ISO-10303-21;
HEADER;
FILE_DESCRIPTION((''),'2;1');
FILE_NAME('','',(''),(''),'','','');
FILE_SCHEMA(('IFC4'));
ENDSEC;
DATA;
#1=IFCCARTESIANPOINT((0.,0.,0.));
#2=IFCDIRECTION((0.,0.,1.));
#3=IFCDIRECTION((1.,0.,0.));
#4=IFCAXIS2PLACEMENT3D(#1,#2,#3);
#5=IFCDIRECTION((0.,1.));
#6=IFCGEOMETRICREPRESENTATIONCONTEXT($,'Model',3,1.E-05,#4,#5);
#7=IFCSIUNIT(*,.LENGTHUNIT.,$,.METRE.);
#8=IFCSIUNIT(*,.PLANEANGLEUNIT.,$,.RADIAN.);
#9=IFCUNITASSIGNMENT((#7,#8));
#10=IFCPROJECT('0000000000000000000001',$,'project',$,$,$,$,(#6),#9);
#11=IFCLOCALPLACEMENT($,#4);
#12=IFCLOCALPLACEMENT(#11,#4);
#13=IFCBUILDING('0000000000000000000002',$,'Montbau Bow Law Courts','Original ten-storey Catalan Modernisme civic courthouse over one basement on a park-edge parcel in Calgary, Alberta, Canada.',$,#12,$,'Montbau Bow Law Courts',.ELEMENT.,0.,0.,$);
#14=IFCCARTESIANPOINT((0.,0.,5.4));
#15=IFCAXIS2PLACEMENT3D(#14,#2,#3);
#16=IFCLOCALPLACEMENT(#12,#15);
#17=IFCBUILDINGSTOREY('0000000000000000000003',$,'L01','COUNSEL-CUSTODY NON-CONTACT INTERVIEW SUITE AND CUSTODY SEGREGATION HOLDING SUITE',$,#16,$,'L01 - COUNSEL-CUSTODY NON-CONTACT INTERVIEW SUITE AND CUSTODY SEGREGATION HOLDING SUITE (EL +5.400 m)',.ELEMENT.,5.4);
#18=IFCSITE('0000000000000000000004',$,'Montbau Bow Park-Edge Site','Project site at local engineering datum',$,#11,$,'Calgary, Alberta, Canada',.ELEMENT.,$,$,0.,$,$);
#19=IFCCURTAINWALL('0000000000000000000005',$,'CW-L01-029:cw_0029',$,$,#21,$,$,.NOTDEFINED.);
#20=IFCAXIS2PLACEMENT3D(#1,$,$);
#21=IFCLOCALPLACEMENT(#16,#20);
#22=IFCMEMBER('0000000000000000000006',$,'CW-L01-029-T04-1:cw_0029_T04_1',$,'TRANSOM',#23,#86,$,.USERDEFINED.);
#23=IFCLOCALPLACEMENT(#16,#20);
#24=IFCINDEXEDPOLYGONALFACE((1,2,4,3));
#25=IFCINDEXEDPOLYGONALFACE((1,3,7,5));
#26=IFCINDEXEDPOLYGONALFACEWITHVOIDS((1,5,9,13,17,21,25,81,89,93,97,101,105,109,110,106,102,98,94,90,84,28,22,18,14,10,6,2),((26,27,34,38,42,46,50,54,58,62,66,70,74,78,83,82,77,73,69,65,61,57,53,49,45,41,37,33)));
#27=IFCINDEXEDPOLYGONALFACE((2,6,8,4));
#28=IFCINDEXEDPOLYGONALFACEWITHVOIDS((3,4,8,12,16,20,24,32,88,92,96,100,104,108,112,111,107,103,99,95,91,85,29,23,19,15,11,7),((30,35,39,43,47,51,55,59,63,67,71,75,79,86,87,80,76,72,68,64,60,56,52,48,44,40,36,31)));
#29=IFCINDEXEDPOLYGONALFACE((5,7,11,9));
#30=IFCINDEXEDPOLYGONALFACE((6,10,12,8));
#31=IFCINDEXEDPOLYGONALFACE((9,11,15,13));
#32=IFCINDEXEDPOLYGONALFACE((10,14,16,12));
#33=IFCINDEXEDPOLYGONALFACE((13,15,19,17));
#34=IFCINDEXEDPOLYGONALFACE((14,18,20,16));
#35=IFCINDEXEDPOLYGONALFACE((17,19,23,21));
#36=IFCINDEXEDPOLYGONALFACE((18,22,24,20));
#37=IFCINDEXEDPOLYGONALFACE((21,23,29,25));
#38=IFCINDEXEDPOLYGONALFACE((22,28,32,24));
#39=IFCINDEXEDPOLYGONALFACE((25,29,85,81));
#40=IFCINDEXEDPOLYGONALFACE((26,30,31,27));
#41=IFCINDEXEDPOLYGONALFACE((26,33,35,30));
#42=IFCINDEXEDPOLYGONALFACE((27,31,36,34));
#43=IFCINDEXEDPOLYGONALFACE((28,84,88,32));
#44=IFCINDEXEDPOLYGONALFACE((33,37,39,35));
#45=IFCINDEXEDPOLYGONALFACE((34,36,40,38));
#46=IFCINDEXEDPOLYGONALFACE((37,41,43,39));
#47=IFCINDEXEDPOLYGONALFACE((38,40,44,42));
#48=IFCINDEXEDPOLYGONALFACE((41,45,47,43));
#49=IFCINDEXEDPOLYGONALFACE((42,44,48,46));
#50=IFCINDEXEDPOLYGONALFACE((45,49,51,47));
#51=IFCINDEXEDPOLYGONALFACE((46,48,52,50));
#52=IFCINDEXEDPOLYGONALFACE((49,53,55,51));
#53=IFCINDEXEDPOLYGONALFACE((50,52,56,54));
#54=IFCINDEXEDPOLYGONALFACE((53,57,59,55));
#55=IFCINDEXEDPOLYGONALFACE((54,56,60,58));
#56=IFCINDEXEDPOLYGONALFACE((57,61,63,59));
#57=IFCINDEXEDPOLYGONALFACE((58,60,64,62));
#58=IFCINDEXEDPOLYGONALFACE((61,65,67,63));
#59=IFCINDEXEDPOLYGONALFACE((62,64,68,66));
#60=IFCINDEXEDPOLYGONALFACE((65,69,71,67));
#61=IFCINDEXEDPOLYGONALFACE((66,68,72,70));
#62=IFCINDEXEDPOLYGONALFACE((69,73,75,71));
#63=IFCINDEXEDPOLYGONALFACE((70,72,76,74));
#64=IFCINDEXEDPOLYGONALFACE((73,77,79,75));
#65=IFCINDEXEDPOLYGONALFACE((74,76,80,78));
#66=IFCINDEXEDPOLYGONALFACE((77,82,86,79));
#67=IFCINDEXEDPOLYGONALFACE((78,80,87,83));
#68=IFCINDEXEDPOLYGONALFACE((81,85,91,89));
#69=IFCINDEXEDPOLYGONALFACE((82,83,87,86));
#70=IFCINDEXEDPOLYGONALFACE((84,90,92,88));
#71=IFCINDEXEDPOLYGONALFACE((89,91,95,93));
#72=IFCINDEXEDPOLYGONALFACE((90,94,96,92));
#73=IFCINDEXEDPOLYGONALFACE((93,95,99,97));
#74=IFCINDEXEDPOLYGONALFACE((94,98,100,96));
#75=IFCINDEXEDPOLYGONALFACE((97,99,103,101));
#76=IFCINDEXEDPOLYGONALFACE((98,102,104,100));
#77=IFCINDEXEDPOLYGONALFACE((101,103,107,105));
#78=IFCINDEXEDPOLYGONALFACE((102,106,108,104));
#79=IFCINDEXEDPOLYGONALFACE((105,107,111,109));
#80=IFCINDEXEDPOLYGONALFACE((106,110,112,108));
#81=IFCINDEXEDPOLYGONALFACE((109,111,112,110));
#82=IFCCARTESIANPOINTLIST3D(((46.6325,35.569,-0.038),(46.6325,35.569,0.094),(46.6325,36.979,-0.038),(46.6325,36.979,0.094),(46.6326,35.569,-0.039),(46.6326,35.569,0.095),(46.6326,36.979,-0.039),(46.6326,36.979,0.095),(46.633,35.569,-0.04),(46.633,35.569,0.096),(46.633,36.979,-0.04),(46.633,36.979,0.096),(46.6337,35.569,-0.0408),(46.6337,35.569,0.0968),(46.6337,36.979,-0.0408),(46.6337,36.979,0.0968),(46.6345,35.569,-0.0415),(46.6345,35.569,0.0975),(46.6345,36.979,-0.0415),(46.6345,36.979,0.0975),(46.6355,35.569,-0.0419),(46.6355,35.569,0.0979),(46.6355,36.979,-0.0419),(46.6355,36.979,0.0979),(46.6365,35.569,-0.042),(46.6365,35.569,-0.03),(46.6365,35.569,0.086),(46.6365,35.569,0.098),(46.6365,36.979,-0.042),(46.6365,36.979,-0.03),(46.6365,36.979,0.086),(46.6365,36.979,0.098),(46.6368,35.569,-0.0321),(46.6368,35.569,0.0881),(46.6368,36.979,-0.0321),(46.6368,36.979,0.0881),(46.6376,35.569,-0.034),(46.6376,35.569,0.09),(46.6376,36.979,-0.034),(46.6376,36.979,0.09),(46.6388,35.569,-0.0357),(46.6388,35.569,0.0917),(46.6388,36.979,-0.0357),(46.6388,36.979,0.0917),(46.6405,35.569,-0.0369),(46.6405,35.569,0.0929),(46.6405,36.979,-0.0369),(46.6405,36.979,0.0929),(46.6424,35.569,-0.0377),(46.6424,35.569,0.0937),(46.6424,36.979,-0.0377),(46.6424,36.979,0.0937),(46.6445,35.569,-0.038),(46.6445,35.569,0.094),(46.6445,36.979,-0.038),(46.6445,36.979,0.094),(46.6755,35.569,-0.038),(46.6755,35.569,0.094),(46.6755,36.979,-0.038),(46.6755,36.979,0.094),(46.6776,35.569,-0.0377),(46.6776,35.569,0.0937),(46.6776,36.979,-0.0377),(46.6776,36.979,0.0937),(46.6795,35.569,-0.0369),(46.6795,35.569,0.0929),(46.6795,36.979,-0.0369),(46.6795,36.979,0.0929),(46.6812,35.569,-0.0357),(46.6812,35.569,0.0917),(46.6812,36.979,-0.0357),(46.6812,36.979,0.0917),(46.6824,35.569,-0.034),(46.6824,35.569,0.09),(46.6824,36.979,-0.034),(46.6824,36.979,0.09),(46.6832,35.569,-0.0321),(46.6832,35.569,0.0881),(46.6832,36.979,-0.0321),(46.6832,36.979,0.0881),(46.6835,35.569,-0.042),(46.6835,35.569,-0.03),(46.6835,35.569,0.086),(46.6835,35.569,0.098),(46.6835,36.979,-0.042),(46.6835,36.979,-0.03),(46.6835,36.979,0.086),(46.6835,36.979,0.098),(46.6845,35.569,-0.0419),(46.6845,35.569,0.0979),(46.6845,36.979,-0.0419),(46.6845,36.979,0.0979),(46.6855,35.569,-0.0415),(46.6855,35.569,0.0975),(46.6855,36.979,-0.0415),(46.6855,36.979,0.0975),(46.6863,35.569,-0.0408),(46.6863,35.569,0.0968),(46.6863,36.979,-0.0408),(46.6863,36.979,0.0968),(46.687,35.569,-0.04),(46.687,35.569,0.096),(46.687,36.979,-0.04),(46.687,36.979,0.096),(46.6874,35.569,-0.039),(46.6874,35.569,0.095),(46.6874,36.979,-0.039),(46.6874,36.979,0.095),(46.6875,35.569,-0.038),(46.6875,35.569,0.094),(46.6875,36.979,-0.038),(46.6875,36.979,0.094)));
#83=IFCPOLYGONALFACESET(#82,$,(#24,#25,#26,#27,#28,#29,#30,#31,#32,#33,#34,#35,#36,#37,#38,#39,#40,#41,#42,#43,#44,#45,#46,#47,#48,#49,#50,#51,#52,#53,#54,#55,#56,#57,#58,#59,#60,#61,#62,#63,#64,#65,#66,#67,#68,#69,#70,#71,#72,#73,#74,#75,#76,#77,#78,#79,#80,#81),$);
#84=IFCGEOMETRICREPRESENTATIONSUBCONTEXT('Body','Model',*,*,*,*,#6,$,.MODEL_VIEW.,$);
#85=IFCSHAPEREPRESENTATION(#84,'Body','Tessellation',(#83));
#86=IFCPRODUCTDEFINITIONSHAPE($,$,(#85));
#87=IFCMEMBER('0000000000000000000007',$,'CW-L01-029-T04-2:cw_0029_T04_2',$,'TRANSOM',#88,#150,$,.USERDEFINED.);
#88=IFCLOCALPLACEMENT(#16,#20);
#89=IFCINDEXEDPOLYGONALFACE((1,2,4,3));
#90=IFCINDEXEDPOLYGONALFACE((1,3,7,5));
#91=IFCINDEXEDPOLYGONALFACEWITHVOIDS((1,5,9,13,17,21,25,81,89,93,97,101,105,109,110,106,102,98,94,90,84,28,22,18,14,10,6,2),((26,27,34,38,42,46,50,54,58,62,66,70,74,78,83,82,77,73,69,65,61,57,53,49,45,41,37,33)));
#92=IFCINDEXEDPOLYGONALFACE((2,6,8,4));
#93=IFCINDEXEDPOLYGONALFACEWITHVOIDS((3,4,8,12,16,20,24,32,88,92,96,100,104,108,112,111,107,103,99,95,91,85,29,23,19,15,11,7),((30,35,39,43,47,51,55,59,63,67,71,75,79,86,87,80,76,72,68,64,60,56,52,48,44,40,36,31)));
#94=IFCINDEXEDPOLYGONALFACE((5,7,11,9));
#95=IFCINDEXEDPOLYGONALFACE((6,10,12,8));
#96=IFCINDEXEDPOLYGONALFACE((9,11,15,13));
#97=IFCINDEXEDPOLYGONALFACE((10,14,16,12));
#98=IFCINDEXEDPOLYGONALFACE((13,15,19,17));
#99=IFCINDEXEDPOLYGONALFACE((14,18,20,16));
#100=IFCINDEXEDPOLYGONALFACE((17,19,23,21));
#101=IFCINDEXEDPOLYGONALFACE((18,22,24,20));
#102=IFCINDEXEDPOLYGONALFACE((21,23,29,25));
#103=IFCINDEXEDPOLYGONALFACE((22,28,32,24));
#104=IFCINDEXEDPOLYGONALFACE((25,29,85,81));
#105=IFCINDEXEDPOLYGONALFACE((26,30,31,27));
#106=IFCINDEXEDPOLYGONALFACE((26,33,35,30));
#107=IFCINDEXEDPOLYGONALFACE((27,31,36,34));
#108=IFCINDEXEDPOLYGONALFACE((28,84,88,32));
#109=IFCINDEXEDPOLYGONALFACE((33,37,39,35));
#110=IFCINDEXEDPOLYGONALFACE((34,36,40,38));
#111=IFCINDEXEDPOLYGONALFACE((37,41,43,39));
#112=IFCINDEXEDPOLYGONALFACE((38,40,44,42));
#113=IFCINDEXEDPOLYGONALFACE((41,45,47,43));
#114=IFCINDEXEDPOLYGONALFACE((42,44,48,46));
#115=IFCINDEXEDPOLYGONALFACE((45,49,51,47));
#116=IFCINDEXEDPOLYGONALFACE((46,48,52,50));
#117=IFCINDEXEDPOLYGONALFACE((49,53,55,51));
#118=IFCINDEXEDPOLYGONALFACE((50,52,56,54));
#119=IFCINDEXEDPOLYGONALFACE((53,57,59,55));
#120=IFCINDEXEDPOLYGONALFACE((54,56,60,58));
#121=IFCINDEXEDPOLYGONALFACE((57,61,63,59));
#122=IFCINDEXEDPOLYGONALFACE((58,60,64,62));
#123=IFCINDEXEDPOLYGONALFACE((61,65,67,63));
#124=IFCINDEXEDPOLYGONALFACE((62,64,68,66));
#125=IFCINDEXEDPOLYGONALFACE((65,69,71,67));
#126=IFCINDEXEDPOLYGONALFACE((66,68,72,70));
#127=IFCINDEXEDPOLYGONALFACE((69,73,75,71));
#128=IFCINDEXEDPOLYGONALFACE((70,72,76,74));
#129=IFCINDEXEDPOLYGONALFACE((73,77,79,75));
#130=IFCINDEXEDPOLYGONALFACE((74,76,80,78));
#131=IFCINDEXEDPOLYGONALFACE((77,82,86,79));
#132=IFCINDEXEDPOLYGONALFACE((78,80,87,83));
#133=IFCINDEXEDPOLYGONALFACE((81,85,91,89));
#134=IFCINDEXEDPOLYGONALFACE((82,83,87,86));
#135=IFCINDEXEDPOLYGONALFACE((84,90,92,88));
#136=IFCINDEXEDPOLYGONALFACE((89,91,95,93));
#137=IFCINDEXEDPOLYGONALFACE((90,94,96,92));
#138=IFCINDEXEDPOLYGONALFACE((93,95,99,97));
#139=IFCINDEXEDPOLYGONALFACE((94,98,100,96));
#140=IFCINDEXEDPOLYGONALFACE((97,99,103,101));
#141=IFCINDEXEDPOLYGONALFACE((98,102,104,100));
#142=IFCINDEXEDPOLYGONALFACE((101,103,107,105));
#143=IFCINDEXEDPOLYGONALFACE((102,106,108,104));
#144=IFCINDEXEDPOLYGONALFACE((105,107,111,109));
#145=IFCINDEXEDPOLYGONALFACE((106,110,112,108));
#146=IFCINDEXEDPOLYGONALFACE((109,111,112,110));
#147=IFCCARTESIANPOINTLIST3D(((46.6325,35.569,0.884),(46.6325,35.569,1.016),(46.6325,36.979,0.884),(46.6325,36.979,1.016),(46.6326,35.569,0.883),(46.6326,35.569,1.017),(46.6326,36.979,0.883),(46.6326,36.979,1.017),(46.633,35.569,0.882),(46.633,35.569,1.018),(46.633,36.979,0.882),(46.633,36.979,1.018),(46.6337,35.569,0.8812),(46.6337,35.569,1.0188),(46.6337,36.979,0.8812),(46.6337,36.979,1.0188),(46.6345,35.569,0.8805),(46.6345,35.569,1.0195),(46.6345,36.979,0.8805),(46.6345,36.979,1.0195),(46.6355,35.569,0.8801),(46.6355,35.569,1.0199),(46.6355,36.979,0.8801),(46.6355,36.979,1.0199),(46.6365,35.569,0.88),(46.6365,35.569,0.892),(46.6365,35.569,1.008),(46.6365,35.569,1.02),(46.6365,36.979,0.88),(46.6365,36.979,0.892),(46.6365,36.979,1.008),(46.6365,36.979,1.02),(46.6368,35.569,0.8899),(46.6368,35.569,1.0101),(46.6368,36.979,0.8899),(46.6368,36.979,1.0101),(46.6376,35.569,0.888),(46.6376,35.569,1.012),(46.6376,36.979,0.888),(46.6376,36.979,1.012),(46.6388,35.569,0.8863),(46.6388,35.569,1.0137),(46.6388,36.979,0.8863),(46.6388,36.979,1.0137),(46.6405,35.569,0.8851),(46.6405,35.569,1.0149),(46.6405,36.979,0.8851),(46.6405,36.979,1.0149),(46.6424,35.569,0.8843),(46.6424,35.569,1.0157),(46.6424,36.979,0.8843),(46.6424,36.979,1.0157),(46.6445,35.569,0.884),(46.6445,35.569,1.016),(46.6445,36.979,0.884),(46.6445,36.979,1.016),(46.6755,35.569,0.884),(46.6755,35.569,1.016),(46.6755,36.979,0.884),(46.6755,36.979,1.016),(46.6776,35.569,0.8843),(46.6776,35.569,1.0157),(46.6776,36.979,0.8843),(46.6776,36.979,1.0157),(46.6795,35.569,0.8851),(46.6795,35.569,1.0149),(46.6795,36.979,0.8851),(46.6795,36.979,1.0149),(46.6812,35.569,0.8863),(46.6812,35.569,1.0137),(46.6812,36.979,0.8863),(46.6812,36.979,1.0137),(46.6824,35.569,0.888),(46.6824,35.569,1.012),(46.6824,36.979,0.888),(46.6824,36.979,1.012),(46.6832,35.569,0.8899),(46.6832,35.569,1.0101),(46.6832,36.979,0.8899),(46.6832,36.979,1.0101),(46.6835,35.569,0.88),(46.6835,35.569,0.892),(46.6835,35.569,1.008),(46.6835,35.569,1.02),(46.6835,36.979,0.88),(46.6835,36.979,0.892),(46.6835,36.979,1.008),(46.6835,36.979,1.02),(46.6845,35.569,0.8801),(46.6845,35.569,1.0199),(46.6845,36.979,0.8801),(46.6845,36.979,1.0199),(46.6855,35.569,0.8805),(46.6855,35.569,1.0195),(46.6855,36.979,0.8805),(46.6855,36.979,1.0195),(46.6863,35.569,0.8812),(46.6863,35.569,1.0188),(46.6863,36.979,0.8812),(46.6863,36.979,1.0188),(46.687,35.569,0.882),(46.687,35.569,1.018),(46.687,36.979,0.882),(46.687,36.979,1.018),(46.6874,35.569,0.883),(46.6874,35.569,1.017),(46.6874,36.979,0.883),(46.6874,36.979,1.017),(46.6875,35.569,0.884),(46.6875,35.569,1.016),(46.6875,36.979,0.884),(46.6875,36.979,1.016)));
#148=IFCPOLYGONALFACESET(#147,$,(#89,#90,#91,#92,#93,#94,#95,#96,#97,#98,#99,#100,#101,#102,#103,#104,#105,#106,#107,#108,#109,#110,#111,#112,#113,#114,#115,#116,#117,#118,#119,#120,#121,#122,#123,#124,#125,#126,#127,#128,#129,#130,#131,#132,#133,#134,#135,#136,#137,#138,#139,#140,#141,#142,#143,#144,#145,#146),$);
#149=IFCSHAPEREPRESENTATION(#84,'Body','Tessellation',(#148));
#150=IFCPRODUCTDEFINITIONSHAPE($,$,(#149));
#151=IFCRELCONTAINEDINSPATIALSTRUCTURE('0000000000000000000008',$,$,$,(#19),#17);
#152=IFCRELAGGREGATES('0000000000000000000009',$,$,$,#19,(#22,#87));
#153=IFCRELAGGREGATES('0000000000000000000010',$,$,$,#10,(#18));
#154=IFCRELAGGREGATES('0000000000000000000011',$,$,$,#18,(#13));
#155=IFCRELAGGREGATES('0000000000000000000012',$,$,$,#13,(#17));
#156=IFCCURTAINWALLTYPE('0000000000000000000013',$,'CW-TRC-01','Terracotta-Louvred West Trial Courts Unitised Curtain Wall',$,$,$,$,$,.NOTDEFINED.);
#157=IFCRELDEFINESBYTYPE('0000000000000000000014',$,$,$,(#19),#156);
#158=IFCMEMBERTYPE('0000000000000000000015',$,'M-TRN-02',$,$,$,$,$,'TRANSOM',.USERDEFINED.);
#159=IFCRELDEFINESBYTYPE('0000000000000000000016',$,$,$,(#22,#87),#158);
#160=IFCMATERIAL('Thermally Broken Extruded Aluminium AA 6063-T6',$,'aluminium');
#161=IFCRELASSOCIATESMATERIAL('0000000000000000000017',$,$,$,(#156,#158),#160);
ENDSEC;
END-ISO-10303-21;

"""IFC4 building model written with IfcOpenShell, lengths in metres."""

from ifc_helpers import new_model, si_unit, direction, frame, origin_with_axes, origin_2d_with_axis, place, context, subcontext, project, spatial, hollow_rectangle, extrude, material, material_profile, profile_set, type_object, element, aggregate, save


model = new_model("IFC4")

# Units and contexts
model_context = context("Model", 3, precision=1e-05, world=origin_with_axes(), true_north=direction((0.0, 1.0)))
body_context = subcontext(model_context, "Body", "Model", "MODEL_VIEW")
ifc_project = project(units=[si_unit("LENGTHUNIT", "METRE"), si_unit("PLANEANGLEUNIT", "RADIAN")], contexts=[model_context])

# Site, building, storey
site_placement = place(None, origin_with_axes())
site = spatial("IfcSite", under=ifc_project, at=site_placement, Name="Montbau Bow Park-Edge Site", Description="Project site at local engineering datum", LongName="Calgary, Alberta, Canada", CompositionType="ELEMENT", RefElevation=0.0)
building_placement = place(site_placement, origin_with_axes())
building = spatial("IfcBuilding", under=site, at=building_placement, Name="Montbau Bow Law Courts", Description="Original ten-storey Catalan Modernisme civic courthouse over one basement on a park-edge parcel in Calgary, Alberta, Canada.", LongName="Montbau Bow Law Courts", CompositionType="ELEMENT", ElevationOfRefHeight=0.0, ElevationOfTerrain=0.0)
storey_placement = place(building_placement, frame((0.0, 0.0, 5.4), z_axis=(0.0, 0.0, 1.0), x_axis=(1.0, 0.0, 0.0)))
storey = spatial("IfcBuildingStorey", under=building, at=storey_placement, Name="L01", Description="COUNSEL-CUSTODY NON-CONTACT INTERVIEW SUITE AND CUSTODY SEGREGATION HOLDING SUITE", LongName="L01 - COUNSEL-CUSTODY NON-CONTACT INTERVIEW SUITE AND CUSTODY SEGREGATION HOLDING SUITE (EL +5.400 m)", CompositionType="ELEMENT", Elevation=5.4)

# Curtain wall, members
ifc_material_1 = material(Name="Thermally Broken Extruded Aluminium AA 6063-T6", Category="aluminium")
curtain_wall_type = type_object("IfcCurtainWallType", Name="CW-TRC-01", Description="Terracotta-Louvred West Trial Courts Unitised Curtain Wall", PredefinedType="NOTDEFINED", material=ifc_material_1)
curtain_wall_placement = place(None, frame((46.66, 31.115, 5.4), z_axis=(0.0, 0.0, 1.0), x_axis=(1.0, 0.0, 0.0)))
curtain_wall = element("IfcCurtainWall", 1, at=curtain_wall_placement, inside=storey, type_object=curtain_wall_type, Name="CW-L01-029:cw_0029", PredefinedType="NOTDEFINED")
ifc_material_profile = material_profile(ifc_material_1, hollow_rectangle(XDim=0.055, YDim=0.14, WallThickness=0.004, InnerFilletRadius=0.008, OuterFilletRadius=0.004, at=origin_2d_with_axis()), Name="CWT-140X55", Category="Main", Priority=0)
ifc_profile_set = profile_set([ifc_material_profile], Name="Thermally Broken Extruded Aluminium AA 6063-T6")
member_type = type_object("IfcMemberType", Name="M-TRN-02", ElementType="TRANSOM", PredefinedType="USERDEFINED", material=ifc_profile_set)
member_1_placement = place(None, frame((46.66, 35.569, 5.428), z_axis=(0.0, 1.0, 0.0), x_axis=(-1.0, 0.0, 0.0)))
member_1 = element("IfcMember", 2, at=member_1_placement, type_object=member_type, Name="CW-L01-029-T04-1:cw_0029_T04_1", ObjectType="TRANSOM", PredefinedType="USERDEFINED", context=body_context, shape_type="SweptSolid", body=[
    extrude(hollow_rectangle(XDim=0.055, YDim=0.14, WallThickness=0.004, InnerFilletRadius=0.008, OuterFilletRadius=0.004, at=origin_2d_with_axis()), origin_with_axes(), (0.0, 0.0, 1.0), 1.41),
])
member_2_placement = place(None, frame((46.66, 35.569, 6.35), z_axis=(0.0, 1.0, 0.0), x_axis=(-1.0, 0.0, 0.0)))
member_2 = element("IfcMember", 3, at=member_2_placement, type_object=member_type, Name="CW-L01-029-T04-2:cw_0029_T04_2", ObjectType="TRANSOM", PredefinedType="USERDEFINED", context=body_context, shape_type="SweptSolid", body=[
    extrude(hollow_rectangle(XDim=0.055, YDim=0.14, WallThickness=0.004, InnerFilletRadius=0.008, OuterFilletRadius=0.004, at=origin_2d_with_axis()), origin_with_axes(), (0.0, 0.0, 1.0), 1.41),
])
aggregate(curtain_wall, [member_1, member_2])

save(model, "model.ifc")
